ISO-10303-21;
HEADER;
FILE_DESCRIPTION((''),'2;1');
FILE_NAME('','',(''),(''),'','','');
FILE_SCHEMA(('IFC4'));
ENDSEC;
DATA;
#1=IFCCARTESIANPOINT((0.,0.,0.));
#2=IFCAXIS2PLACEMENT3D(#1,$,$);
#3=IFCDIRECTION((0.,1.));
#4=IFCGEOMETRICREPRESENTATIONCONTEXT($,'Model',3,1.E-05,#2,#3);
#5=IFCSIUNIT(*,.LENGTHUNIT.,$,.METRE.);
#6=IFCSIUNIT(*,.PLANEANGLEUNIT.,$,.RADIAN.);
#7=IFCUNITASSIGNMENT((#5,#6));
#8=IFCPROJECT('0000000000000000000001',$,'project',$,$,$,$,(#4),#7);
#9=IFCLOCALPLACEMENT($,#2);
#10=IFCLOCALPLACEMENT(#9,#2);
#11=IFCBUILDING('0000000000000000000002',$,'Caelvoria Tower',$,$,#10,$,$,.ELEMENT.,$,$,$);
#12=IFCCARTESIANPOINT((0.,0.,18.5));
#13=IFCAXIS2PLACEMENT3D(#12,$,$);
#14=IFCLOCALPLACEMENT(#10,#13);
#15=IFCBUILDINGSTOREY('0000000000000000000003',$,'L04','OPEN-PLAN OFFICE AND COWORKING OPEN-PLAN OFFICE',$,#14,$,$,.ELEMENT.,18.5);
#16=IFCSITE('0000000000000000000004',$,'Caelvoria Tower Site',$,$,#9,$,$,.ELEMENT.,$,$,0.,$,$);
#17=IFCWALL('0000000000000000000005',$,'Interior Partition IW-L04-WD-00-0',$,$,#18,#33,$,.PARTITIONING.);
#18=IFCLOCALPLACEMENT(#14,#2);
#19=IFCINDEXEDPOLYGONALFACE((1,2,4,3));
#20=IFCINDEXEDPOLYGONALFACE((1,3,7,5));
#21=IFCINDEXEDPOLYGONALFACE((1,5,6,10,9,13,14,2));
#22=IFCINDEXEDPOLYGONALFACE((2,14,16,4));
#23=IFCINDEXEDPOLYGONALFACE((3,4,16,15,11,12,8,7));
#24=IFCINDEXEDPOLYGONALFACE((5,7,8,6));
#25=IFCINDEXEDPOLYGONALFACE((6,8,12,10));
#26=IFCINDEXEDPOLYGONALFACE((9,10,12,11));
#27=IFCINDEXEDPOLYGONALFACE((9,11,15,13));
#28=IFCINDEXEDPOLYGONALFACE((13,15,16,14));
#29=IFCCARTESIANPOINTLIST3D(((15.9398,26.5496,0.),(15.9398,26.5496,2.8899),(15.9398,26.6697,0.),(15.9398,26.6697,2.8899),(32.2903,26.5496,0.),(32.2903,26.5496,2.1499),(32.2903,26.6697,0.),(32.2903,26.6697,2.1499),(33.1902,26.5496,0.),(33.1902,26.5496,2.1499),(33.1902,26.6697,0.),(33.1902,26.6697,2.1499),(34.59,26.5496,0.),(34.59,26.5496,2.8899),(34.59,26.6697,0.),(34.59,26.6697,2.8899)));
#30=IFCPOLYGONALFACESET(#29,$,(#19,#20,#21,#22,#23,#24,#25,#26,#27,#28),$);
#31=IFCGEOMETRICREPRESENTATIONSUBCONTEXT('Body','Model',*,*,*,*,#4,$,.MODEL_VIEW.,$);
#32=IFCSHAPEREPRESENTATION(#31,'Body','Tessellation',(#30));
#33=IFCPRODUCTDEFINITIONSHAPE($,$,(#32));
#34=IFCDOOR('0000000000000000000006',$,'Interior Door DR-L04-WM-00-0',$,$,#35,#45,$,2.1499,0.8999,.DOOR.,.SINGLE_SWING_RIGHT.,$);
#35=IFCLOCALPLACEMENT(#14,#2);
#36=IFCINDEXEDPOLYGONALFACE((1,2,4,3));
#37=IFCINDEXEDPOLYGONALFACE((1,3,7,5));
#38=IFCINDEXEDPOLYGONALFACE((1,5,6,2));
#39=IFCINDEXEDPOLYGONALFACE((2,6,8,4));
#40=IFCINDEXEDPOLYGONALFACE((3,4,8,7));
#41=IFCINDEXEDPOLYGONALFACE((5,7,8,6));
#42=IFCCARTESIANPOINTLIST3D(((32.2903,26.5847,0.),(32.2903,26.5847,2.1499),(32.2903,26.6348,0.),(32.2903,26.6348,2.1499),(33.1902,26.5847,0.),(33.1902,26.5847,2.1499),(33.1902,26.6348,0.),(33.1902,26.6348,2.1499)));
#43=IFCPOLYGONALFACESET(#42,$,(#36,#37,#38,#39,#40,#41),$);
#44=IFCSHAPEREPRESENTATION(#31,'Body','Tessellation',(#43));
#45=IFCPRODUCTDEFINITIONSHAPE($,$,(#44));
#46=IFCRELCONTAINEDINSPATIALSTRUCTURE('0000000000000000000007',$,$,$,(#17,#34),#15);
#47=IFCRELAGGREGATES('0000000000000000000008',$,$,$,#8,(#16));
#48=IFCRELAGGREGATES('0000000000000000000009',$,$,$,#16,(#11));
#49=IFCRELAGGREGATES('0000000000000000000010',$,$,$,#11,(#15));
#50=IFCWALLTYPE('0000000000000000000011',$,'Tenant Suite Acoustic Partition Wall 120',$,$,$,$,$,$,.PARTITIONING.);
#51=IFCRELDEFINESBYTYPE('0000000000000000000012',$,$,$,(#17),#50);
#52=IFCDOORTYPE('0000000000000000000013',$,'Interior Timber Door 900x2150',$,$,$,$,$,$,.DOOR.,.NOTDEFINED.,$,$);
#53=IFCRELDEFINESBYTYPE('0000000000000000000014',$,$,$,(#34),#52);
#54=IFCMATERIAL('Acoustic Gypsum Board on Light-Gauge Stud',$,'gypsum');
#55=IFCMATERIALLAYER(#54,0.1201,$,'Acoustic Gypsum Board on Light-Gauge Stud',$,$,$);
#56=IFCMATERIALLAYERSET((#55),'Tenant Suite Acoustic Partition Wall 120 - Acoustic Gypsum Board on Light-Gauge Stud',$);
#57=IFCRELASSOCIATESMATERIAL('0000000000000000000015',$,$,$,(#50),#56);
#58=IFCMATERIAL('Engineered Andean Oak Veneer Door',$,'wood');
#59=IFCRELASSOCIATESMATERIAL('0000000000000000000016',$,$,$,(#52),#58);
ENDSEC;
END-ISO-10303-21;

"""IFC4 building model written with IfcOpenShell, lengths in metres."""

from ifc_helpers import new_model, si_unit, direction, frame, frame_2d, origin, place, context, subcontext, project, spatial, rectangle, extrude, material, layer, layer_set, type_object, element, fill, save


model = new_model("IFC4")

# Units and contexts
model_context = context("Model", 3, precision=1e-05, world=origin(), true_north=direction((0.0, 1.0)))
body_context = subcontext(model_context, "Body", "Model", "MODEL_VIEW")
ifc_project = project(units=[si_unit("LENGTHUNIT", "METRE"), si_unit("PLANEANGLEUNIT", "RADIAN")], contexts=[model_context])

# Site, building, storey
site_placement = place(None, origin())
site = spatial("IfcSite", under=ifc_project, at=site_placement, Name="Caelvoria Tower Site", CompositionType="ELEMENT", RefElevation=0.0)
building_placement = place(site_placement, origin())
building = spatial("IfcBuilding", under=site, at=building_placement, Name="Caelvoria Tower", CompositionType="ELEMENT")
storey_placement = place(building_placement, frame((0.0, 0.0, 18.5)))
storey = spatial("IfcBuildingStorey", under=building, at=storey_placement, Name="L04", Description="OPEN-PLAN OFFICE AND COWORKING OPEN-PLAN OFFICE", CompositionType="ELEMENT", Elevation=18.5)

# Wall, opening, door
ifc_material_1 = material(Name="Acoustic Gypsum Board on Light-Gauge Stud", Category="gypsum")
ifc_layer_1 = layer(ifc_material_1, 0.1201, Name="Acoustic Gypsum Board on Light-Gauge Stud")
ifc_layer_set_1 = layer_set([ifc_layer_1], Name="Tenant Suite Acoustic Partition Wall 120 - Acoustic Gypsum Board on Light-Gauge Stud")
wall_type_1 = type_object("IfcWallType", Name="Tenant Suite Acoustic Partition Wall 120", PredefinedType="PARTITIONING", material=ifc_layer_set_1)
wall_1_placement = place(storey_placement, frame((34.5901, 26.6096, 0.0), z_axis=(0.0, 0.0, 1.0), x_axis=(-1.0, 0.0, 0.0)))
wall_1 = element("IfcWall", 1, at=wall_1_placement, inside=storey, type_object=wall_type_1, Name="Interior Partition IW-L04-WD-00-0", PredefinedType="PARTITIONING", context=body_context, shape_type="SweptSolid", body=[
    extrude(rectangle(XDim=18.6501, YDim=0.1201, at=frame_2d((9.3252, 0.0))), origin(), (0.0, 0.0, 1.0), 2.8899),
])
opening_1_placement = place(wall_1_placement, frame((1.3999, 0.0, 0.0)))
opening_1 = element("IfcOpeningElement", 2, at=opening_1_placement, cuts=wall_1, PredefinedType="OPENING", context=body_context, shape_type="SweptSolid", body=[
    extrude(rectangle(XDim=0.8999, YDim=2.1499, at=frame_2d((0.45, 1.075))), frame((0.0, 0.0701, 0.0), z_axis=(0.0, -1.0, 0.0), x_axis=(1.0, 0.0, 0.0)), (0.0, 0.0, 1.0), 0.1401),
])
ifc_material_2 = material(Name="Engineered Andean Oak Veneer Door", Category="wood")
door_type_1 = type_object("IfcDoorType", Name="Interior Timber Door 900x2150", OperationType="NOTDEFINED", PredefinedType="DOOR", material=ifc_material_2)
door_1_placement = place(opening_1_placement, origin())
door_1 = element("IfcDoor", 3, at=door_1_placement, inside=storey, type_object=door_type_1, Name="Interior Door DR-L04-WM-00-0", OperationType="SINGLE_SWING_RIGHT", OverallHeight=2.1499, OverallWidth=0.8999, PredefinedType="DOOR", context=body_context, shape_type="SweptSolid", body=[
    extrude(rectangle(XDim=0.8999, YDim=2.1499, at=frame_2d((0.45, 1.075))), frame((0.0, 0.0249, 0.0), z_axis=(0.0, -1.0, 0.0), x_axis=(1.0, 0.0, 0.0)), (0.0, 0.0, 1.0), 0.05),
])
fill(opening_1, door_1)

save(model, "model.ifc")
